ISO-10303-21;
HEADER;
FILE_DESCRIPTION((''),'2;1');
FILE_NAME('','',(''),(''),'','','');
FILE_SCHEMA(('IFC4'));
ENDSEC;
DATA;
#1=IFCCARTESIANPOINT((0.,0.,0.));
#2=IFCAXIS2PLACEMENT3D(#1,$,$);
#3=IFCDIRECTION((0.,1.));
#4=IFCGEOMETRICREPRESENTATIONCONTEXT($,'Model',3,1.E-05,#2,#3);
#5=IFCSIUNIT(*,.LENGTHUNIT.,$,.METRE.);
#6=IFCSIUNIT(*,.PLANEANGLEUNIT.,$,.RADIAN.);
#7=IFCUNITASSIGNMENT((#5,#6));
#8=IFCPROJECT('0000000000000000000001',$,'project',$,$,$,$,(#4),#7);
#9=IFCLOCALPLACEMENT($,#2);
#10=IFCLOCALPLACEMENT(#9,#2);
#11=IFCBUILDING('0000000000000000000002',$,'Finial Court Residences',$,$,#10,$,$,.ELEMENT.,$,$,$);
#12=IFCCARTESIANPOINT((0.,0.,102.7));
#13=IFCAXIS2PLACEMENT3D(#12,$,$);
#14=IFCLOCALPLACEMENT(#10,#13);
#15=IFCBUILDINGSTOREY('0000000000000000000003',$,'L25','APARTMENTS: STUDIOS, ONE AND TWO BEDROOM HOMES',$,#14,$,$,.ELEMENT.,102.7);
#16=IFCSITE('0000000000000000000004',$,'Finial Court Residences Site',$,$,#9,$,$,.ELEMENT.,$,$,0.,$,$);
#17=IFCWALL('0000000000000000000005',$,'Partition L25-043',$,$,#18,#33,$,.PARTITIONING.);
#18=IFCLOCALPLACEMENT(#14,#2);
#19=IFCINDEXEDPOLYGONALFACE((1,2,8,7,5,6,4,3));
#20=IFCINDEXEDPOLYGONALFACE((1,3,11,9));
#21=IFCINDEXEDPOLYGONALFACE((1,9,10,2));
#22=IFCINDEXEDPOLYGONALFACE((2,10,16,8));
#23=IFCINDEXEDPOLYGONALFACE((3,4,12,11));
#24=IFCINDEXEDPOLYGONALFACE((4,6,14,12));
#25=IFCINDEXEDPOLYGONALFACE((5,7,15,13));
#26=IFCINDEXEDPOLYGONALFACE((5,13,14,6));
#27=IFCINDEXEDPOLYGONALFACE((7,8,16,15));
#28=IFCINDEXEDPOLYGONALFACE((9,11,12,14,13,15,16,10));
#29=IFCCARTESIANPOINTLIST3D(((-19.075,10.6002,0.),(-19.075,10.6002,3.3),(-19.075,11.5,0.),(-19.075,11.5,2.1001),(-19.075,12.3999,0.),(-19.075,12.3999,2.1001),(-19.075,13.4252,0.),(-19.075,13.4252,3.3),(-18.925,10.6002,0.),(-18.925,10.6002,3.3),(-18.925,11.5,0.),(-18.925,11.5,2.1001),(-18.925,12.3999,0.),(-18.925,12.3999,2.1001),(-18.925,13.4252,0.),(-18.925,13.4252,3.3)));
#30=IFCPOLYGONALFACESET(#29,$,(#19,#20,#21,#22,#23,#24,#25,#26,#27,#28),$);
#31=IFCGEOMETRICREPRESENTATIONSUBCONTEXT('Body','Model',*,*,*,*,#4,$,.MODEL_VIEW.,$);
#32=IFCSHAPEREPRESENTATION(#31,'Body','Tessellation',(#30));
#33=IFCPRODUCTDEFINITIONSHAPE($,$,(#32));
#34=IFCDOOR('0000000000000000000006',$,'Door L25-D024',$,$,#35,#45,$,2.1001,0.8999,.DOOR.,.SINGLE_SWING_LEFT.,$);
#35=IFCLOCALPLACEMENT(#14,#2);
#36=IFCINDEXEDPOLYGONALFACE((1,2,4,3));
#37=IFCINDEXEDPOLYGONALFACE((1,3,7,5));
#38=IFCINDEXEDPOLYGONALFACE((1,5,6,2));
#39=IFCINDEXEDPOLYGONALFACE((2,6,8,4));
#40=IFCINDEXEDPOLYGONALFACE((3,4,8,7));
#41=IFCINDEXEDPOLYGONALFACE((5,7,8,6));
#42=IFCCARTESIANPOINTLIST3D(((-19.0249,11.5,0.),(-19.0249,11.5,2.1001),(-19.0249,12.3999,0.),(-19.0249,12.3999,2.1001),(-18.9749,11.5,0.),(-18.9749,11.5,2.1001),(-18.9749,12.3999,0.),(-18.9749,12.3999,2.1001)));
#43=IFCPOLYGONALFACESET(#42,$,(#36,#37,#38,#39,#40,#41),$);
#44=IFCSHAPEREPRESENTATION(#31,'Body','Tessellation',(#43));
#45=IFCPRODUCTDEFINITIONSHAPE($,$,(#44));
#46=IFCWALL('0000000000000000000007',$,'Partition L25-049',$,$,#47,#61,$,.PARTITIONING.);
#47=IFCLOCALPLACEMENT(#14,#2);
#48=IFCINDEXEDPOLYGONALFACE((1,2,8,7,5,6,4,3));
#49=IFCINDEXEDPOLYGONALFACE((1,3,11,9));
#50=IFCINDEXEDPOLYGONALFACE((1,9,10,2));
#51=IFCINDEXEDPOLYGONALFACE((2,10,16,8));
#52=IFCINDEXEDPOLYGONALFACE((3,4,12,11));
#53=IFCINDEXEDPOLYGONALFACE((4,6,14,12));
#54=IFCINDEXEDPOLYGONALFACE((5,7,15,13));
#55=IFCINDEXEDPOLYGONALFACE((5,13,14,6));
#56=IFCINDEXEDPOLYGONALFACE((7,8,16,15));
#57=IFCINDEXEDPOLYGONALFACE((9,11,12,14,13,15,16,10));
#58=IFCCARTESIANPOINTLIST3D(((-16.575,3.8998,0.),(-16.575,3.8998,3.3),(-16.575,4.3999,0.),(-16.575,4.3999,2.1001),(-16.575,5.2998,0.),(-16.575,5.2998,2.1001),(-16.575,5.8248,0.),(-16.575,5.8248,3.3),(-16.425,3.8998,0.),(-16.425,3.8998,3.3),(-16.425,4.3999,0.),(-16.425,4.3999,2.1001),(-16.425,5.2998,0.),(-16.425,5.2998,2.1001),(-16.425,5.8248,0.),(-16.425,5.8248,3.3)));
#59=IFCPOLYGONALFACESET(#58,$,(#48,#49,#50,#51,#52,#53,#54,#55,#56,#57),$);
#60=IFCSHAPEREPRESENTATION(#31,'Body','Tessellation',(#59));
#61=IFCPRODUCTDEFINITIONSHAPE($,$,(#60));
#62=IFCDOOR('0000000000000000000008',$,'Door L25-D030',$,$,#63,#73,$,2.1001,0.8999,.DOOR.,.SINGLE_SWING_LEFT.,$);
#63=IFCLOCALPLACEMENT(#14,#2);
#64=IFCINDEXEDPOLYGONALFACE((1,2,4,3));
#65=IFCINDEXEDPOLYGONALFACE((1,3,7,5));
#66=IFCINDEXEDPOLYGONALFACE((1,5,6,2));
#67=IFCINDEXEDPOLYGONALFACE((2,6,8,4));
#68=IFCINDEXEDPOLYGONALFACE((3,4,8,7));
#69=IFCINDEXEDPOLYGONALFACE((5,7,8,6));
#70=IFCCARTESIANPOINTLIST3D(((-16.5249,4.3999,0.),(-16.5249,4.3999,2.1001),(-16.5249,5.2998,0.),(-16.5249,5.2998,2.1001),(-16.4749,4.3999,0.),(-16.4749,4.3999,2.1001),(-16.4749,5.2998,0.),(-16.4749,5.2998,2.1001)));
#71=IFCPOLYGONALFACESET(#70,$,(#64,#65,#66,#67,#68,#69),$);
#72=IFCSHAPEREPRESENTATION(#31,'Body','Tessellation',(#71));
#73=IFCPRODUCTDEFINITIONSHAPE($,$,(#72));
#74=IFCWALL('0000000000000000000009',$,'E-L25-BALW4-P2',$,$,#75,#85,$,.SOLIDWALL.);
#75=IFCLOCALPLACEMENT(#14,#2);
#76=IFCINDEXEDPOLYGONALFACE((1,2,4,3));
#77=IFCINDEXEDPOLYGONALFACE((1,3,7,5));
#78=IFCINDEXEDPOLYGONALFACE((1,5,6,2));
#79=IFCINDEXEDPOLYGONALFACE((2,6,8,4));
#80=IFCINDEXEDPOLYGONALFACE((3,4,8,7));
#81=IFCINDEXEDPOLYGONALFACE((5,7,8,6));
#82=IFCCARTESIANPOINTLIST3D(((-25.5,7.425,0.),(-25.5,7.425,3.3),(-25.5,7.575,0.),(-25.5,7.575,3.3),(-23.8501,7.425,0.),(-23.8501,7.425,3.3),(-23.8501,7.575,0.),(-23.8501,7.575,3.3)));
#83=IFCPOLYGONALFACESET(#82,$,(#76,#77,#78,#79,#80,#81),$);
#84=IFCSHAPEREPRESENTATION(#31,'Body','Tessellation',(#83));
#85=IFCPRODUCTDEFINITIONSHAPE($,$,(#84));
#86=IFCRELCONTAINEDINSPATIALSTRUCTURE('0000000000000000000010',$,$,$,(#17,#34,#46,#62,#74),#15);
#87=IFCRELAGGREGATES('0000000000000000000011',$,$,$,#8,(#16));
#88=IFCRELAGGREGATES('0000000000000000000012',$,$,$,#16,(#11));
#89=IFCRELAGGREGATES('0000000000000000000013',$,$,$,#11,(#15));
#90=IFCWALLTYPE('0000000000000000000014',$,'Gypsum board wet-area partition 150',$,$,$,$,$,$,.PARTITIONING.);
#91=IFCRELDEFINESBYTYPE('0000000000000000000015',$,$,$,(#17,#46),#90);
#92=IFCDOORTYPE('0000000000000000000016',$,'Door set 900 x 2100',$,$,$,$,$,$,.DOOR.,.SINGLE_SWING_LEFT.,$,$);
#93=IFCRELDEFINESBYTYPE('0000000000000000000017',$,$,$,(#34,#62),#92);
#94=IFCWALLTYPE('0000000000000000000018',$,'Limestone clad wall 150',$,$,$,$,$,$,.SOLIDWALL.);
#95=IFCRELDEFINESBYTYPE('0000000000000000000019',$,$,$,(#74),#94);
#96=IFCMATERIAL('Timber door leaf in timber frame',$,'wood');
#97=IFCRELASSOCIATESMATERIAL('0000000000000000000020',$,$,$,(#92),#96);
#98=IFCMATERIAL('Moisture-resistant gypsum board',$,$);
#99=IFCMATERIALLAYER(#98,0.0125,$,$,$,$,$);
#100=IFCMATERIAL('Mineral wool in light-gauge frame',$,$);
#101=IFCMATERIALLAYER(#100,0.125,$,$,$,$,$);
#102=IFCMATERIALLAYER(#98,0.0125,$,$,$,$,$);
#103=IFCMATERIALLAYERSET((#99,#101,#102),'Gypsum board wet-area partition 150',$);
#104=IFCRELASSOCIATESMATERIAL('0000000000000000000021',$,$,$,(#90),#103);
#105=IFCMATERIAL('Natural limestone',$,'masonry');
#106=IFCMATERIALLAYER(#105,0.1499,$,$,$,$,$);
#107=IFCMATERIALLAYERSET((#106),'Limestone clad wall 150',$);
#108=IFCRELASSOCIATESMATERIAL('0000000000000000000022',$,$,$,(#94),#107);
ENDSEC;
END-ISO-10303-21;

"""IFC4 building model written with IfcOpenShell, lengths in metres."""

from ifc_helpers import new_model, si_unit, direction, frame, frame_2d, origin, place, context, subcontext, project, spatial, rectangle, extrude, material, layer, layer_set, type_object, element, fill, save


model = new_model("IFC4")

# Units and contexts
model_context = context("Model", 3, precision=1e-05, world=origin(), true_north=direction((0.0, 1.0)))
body_context = subcontext(model_context, "Body", "Model", "MODEL_VIEW")
ifc_project = project(units=[si_unit("LENGTHUNIT", "METRE"), si_unit("PLANEANGLEUNIT", "RADIAN")], contexts=[model_context])

# Site, building, storey
site_placement = place(None, origin())
site = spatial("IfcSite", under=ifc_project, at=site_placement, Name="Finial Court Residences Site", CompositionType="ELEMENT", RefElevation=0.0)
building_placement = place(site_placement, origin())
building = spatial("IfcBuilding", under=site, at=building_placement, Name="Finial Court Residences", CompositionType="ELEMENT")
storey_placement = place(building_placement, frame((0.0, 0.0, 102.7)))
storey = spatial("IfcBuildingStorey", under=building, at=storey_placement, Name="L25", Description="APARTMENTS: STUDIOS, ONE AND TWO BEDROOM HOMES", CompositionType="ELEMENT", Elevation=102.7)

# Shared definitions
ifc_material_1 = material(Name="Mineral wool in light-gauge frame")
ifc_material_2 = material(Name="Timber door leaf in timber frame", Category="wood")
door_type = type_object("IfcDoorType", Name="Door set 900 x 2100", OperationType="SINGLE_SWING_LEFT", PredefinedType="DOOR", material=ifc_material_2)

# Shared definitions
ifc_material_3 = material(Name="Moisture-resistant gypsum board")
ifc_layer_1 = layer(ifc_material_3, 0.0125)
ifc_layer_2 = layer(ifc_material_1, 0.125)
ifc_layer_3 = layer(ifc_material_3, 0.0125)
ifc_layer_set_1 = layer_set([ifc_layer_1, ifc_layer_2, ifc_layer_3], Name="Gypsum board wet-area partition 150")
wall_type_1 = type_object("IfcWallType", Name="Gypsum board wet-area partition 150", PredefinedType="PARTITIONING", material=ifc_layer_set_1)

# Walls, openings, doors
wall_1_placement = place(storey_placement, frame((-19.0, 10.6001, 0.0), z_axis=(0.0, 0.0, 1.0), x_axis=(0.0, 1.0, 0.0)))
wall_1 = element("IfcWall", 1, at=wall_1_placement, inside=storey, type_object=wall_type_1, Name="Partition L25-043", PredefinedType="PARTITIONING", context=body_context, shape_type="SweptSolid", body=[
    extrude(rectangle(XDim=2.825, YDim=0.1499, at=frame_2d((1.4126, 0.0))), origin(), (0.0, 0.0, 1.0), 3.3),
])
opening_1_placement = place(wall_1_placement, frame((0.8999, 0.0, 0.0)))
opening_1 = element("IfcOpeningElement", 2, at=opening_1_placement, cuts=wall_1, PredefinedType="OPENING", context=body_context, shape_type="SweptSolid", body=[
    extrude(rectangle(XDim=0.8999, YDim=2.1001, at=frame_2d((0.45, 1.05))), frame((0.0, 0.085, 0.0), z_axis=(0.0, -1.0, 0.0), x_axis=(1.0, 0.0, 0.0)), (0.0, 0.0, 1.0), 0.1699),
])
door_1_placement = place(opening_1_placement, origin())
door_1 = element("IfcDoor", 3, at=door_1_placement, inside=storey, type_object=door_type, Name="Door L25-D024", OperationType="SINGLE_SWING_LEFT", OverallHeight=2.1001, OverallWidth=0.8999, PredefinedType="DOOR", context=body_context, shape_type="SweptSolid", body=[
    extrude(rectangle(XDim=0.8999, YDim=2.1001, at=frame_2d((0.45, 1.05))), frame((0.0, 0.0249, 0.0), z_axis=(0.0, -1.0, 0.0), x_axis=(1.0, 0.0, 0.0)), (0.0, 0.0, 1.0), 0.05),
])
fill(opening_1, door_1)
wall_2_placement = place(storey_placement, frame((-16.5, 3.8999, 0.0), z_axis=(0.0, 0.0, 1.0), x_axis=(0.0, 1.0, 0.0)))
wall_2 = element("IfcWall", 4, at=wall_2_placement, inside=storey, type_object=wall_type_1, Name="Partition L25-049", PredefinedType="PARTITIONING", context=body_context, shape_type="SweptSolid", body=[
    extrude(rectangle(XDim=1.925, YDim=0.1499, at=frame_2d((0.9624, 0.0))), origin(), (0.0, 0.0, 1.0), 3.3),
])
opening_2_placement = place(wall_2_placement, frame((0.5, 0.0, 0.0)))
opening_2 = element("IfcOpeningElement", 5, at=opening_2_placement, cuts=wall_2, PredefinedType="OPENING", context=body_context, shape_type="SweptSolid", body=[
    extrude(rectangle(XDim=0.8999, YDim=2.1001, at=frame_2d((0.45, 1.05))), frame((0.0, 0.085, 0.0), z_axis=(0.0, -1.0, 0.0), x_axis=(1.0, 0.0, 0.0)), (0.0, 0.0, 1.0), 0.1699),
])
door_2_placement = place(opening_2_placement, origin())
door_2 = element("IfcDoor", 6, at=door_2_placement, inside=storey, type_object=door_type, Name="Door L25-D030", OperationType="SINGLE_SWING_LEFT", OverallHeight=2.1001, OverallWidth=0.8999, PredefinedType="DOOR", context=body_context, shape_type="SweptSolid", body=[
    extrude(rectangle(XDim=0.8999, YDim=2.1001, at=frame_2d((0.45, 1.05))), frame((0.0, 0.0249, 0.0), z_axis=(0.0, -1.0, 0.0), x_axis=(1.0, 0.0, 0.0)), (0.0, 0.0, 1.0), 0.05),
])
fill(opening_2, door_2)

# Wall
ifc_material_4 = material(Name="Natural limestone", Category="masonry")
ifc_layer_4 = layer(ifc_material_4, 0.1499)
ifc_layer_set_2 = layer_set([ifc_layer_4], Name="Limestone clad wall 150")
wall_type_2 = type_object("IfcWallType", Name="Limestone clad wall 150", PredefinedType="SOLIDWALL", material=ifc_layer_set_2)
wall_3_placement = place(storey_placement, frame((-23.8501, 7.5, 0.0), z_axis=(0.0, 0.0, 1.0), x_axis=(-1.0, 0.0, 0.0)))
element("IfcWall", 7, at=wall_3_placement, inside=storey, type_object=wall_type_2, Name="E-L25-BALW4-P2", PredefinedType="SOLIDWALL", context=body_context, shape_type="SweptSolid", body=[
    extrude(rectangle(XDim=1.6499, YDim=0.1499, at=frame_2d((0.825, 0.0))), origin(), (0.0, 0.0, 1.0), 3.3),
])

save(model, "model.ifc")
